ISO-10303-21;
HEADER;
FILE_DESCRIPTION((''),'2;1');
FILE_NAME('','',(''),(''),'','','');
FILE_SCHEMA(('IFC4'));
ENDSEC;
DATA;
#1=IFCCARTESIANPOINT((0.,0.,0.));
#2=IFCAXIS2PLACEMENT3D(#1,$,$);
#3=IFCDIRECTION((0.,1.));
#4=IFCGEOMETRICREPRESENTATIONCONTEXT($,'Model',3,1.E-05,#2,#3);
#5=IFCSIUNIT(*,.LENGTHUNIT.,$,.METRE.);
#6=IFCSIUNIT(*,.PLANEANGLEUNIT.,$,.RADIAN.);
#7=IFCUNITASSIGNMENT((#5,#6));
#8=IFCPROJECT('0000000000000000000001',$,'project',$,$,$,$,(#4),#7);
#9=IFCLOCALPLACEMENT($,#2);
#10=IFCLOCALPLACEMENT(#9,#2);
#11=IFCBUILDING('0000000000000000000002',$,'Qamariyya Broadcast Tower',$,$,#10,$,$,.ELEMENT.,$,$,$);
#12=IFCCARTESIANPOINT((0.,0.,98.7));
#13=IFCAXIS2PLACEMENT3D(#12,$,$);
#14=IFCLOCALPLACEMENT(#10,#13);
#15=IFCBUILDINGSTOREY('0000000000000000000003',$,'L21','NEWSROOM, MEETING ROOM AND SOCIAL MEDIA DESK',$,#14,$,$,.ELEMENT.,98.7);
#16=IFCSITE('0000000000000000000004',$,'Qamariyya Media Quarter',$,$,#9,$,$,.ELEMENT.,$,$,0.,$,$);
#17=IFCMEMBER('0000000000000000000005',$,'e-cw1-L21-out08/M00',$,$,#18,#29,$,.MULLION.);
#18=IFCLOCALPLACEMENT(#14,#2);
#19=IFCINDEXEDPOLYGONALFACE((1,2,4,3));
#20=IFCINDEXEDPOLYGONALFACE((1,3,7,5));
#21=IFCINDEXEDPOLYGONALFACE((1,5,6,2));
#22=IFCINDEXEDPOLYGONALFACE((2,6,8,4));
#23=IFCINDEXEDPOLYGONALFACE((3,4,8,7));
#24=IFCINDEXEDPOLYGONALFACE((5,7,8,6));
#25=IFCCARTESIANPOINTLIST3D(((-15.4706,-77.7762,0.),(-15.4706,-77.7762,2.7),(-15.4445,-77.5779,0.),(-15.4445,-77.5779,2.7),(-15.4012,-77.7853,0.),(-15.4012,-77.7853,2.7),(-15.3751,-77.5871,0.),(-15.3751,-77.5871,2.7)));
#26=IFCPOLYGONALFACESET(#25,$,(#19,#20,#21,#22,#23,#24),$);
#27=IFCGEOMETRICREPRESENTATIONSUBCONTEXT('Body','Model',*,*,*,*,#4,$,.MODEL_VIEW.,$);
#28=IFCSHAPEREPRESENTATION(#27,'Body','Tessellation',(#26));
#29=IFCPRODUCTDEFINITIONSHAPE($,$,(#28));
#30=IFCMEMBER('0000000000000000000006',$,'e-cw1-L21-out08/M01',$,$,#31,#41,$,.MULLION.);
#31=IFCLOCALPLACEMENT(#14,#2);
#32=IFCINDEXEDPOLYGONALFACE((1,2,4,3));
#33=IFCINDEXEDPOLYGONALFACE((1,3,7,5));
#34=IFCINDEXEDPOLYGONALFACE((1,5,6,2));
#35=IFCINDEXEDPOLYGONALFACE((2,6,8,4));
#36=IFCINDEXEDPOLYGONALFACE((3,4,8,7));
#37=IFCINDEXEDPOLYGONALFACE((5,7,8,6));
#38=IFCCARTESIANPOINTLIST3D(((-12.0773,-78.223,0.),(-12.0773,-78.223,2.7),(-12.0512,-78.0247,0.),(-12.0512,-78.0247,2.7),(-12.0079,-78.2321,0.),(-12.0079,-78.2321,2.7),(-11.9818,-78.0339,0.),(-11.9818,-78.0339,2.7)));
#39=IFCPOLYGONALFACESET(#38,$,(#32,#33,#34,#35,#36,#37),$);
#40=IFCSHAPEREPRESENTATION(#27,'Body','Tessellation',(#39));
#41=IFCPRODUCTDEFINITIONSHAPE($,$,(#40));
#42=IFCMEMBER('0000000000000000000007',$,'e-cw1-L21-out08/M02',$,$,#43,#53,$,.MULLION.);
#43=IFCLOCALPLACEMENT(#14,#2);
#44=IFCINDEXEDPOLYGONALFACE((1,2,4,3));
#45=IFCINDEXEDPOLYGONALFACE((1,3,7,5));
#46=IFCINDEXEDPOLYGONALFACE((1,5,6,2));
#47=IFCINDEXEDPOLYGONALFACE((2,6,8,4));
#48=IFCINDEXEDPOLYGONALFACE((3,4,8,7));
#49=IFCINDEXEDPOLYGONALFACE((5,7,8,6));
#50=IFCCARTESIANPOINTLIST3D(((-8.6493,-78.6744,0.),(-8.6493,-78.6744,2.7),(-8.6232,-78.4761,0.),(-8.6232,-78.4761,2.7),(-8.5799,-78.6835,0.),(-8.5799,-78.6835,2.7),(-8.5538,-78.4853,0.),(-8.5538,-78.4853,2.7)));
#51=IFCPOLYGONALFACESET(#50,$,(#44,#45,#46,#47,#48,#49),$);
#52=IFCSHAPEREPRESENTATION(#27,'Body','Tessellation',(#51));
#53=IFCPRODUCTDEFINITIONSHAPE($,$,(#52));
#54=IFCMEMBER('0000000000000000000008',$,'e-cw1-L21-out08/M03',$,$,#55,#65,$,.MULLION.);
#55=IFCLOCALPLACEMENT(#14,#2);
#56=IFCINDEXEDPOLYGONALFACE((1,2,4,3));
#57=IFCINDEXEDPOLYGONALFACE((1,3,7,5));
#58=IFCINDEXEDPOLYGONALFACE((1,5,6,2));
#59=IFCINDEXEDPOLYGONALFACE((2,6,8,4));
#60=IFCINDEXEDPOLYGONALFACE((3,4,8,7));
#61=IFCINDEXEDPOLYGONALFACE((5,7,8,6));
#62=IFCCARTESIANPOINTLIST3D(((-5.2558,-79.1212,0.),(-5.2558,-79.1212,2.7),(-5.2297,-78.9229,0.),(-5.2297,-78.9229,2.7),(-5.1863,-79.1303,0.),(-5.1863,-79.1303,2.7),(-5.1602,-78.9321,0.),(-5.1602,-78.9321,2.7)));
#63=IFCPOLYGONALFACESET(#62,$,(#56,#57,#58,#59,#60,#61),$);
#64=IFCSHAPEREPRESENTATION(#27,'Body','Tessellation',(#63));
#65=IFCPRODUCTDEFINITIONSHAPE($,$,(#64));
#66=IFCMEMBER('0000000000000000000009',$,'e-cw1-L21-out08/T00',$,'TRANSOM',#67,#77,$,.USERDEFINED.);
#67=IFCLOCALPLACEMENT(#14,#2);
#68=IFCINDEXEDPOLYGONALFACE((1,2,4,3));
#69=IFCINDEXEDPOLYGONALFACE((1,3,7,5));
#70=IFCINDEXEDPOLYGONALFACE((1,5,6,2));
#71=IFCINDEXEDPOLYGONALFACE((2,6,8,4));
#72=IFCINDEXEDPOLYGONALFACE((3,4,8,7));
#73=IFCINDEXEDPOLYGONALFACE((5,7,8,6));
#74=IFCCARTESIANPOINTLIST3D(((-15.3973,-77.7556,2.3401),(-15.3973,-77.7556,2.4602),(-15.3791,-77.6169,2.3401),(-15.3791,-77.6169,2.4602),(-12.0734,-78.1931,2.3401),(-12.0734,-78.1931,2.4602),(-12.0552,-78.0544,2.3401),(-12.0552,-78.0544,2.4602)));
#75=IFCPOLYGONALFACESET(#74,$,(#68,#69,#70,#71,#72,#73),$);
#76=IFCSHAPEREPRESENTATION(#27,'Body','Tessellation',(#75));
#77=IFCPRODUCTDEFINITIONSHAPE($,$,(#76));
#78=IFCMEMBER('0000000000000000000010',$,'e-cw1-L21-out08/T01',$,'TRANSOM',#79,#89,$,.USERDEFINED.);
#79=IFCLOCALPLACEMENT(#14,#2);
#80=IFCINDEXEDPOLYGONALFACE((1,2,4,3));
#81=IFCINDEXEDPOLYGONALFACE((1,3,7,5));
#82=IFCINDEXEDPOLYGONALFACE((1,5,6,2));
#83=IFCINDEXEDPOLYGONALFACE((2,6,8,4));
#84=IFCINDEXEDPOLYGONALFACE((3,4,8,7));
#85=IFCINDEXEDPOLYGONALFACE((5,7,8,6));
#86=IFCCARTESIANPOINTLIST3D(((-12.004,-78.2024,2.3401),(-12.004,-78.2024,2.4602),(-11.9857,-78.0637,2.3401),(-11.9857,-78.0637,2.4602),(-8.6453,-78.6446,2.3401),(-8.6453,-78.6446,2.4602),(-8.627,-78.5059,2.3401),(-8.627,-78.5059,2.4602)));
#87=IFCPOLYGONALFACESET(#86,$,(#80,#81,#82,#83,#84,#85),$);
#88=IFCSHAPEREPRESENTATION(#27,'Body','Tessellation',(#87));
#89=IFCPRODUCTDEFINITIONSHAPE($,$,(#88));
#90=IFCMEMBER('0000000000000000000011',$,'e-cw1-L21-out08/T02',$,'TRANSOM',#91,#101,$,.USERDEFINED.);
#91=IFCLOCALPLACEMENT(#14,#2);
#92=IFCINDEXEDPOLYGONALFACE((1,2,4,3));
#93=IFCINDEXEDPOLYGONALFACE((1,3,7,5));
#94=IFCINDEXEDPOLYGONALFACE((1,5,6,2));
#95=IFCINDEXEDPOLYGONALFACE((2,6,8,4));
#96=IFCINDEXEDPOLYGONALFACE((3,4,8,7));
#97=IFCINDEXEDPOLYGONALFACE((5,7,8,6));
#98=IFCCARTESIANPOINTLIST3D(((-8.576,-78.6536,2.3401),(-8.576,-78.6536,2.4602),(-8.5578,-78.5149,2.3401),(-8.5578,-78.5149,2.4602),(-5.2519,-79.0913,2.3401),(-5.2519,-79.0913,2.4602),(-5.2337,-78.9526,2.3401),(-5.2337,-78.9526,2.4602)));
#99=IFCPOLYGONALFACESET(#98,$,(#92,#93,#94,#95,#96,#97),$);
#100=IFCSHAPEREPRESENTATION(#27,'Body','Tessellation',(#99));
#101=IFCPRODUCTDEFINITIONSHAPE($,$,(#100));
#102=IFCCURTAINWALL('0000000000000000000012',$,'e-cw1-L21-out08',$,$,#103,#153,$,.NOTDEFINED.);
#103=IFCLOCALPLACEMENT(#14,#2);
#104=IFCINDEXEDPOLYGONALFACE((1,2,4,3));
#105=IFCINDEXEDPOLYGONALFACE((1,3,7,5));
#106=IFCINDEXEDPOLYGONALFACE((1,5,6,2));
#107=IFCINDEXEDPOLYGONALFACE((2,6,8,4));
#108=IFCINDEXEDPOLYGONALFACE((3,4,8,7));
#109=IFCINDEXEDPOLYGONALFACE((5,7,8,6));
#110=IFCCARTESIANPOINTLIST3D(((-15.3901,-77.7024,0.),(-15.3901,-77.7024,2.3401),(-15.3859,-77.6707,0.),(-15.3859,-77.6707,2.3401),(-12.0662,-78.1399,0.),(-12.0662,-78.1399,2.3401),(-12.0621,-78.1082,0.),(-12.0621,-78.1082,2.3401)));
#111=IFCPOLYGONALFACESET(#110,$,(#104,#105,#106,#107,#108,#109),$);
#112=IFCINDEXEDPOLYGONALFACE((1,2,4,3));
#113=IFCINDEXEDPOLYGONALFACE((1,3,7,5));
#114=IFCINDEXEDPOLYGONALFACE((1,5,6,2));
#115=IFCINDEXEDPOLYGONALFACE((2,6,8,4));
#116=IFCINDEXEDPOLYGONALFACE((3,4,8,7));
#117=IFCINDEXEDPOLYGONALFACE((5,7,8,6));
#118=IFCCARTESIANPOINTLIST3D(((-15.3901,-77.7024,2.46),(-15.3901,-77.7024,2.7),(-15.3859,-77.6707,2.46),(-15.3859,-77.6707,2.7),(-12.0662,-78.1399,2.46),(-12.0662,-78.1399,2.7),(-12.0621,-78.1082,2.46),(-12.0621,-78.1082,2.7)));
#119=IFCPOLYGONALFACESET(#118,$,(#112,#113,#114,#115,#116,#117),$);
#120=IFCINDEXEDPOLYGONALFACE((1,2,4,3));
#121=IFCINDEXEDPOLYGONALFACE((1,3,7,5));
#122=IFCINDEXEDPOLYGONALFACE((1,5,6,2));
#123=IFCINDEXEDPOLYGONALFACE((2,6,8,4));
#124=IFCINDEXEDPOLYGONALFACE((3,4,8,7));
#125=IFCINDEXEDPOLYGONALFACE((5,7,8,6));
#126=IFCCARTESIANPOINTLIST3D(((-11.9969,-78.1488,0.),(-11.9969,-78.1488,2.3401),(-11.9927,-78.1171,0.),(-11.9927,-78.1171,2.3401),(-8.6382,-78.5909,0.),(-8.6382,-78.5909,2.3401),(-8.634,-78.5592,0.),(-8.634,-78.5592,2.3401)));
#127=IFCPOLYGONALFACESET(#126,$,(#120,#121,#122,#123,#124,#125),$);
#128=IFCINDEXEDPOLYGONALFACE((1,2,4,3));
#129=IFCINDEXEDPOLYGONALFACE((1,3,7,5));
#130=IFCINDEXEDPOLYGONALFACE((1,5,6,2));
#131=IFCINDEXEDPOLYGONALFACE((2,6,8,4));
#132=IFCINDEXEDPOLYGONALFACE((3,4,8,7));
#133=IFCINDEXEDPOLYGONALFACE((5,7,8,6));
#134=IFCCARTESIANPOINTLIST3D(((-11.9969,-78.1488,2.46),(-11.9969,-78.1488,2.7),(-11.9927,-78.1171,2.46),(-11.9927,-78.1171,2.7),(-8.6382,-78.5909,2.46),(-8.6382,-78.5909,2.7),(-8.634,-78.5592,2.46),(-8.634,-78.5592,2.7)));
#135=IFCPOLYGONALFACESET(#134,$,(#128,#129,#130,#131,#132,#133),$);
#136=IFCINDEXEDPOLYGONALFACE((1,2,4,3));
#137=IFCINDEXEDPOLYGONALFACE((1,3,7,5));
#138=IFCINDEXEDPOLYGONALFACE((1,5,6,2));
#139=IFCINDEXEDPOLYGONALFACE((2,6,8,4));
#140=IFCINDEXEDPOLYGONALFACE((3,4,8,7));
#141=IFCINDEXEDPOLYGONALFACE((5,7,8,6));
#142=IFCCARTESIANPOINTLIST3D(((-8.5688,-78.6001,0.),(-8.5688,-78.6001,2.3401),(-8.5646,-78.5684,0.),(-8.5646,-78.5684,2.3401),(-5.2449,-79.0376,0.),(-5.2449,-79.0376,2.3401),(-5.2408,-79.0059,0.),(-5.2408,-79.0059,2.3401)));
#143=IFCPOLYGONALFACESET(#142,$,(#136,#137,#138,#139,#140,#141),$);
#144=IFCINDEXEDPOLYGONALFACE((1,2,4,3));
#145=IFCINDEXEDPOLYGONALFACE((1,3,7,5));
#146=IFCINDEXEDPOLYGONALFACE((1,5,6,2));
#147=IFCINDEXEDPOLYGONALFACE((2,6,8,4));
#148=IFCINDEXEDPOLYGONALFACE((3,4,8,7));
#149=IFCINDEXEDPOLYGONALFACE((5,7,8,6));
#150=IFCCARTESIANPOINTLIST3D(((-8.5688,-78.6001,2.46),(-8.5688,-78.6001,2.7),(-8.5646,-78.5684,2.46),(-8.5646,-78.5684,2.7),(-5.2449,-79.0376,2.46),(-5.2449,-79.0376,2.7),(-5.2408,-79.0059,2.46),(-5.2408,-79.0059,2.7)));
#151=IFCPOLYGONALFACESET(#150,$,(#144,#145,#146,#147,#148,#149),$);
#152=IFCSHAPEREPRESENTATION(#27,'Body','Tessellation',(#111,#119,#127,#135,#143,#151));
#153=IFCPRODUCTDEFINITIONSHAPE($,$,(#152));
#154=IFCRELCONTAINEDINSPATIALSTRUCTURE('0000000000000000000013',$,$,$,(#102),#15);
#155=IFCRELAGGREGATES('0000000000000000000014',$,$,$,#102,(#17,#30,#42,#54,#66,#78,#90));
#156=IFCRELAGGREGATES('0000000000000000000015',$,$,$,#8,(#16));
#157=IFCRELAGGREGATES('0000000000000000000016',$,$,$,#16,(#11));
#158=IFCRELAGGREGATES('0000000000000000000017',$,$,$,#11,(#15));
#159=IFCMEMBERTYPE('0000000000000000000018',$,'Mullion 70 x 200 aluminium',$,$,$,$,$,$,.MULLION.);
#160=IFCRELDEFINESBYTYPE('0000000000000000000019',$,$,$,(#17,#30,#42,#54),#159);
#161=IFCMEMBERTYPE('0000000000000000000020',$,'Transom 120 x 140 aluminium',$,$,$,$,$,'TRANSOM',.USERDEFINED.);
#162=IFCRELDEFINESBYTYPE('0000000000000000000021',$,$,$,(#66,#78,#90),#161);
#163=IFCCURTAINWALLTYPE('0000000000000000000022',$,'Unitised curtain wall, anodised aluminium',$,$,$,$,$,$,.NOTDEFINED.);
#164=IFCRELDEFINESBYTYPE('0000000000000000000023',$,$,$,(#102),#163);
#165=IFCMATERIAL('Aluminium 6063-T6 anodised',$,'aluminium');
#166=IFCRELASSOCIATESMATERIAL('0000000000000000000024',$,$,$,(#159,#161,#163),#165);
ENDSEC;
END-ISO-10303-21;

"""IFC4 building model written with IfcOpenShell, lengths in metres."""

from ifc_helpers import new_model, si_unit, direction, frame, origin, origin_2d, place, context, subcontext, project, spatial, rectangle, extrude, material, material_profile, profile_set, type_object, element, aggregate, save


model = new_model("IFC4")

# Units and contexts
model_context = context("Model", 3, precision=1e-05, world=origin(), true_north=direction((0.0, 1.0)))
body_context = subcontext(model_context, "Body", "Model", "MODEL_VIEW")
ifc_project = project(units=[si_unit("LENGTHUNIT", "METRE"), si_unit("PLANEANGLEUNIT", "RADIAN")], contexts=[model_context])

# Members
ifc_material = material(Name="Aluminium 6063-T6 anodised", Category="aluminium")
ifc_material_profile_1 = material_profile(ifc_material, rectangle(XDim=0.2, YDim=0.0701, at=origin_2d()))
ifc_profile_set_1 = profile_set([ifc_material_profile_1], Name="Aluminium 6063-T6 anodised")
member_type_1 = type_object("IfcMemberType", Name="Mullion 70 x 200 aluminium", PredefinedType="MULLION", material=ifc_profile_set_1)
site_placement = place(None, origin())
building_placement = place(site_placement, origin())
storey_placement = place(building_placement, frame((0.0, 0.0, 98.7)))
member_1_placement = place(storey_placement, frame((-15.4229, -77.6816, 0.0), z_axis=(0.0, 0.0, 1.0), x_axis=(0.130526, 0.991445, 0.0)))
member_1 = element("IfcMember", 1, at=member_1_placement, type_object=member_type_1, Name="e-cw1-L21-out08/M00", PredefinedType="MULLION", context=body_context, shape_type="SweptSolid", body=[
    extrude(rectangle(XDim=0.2, YDim=0.0701, at=origin_2d()), origin(), (0.0, 0.0, 1.0), 2.7),
])
member_2_placement = place(storey_placement, frame((-12.0295, -78.1284, 0.0), z_axis=(0.0, 0.0, 1.0), x_axis=(0.130526, 0.991445, 0.0)))
member_2 = element("IfcMember", 2, at=member_2_placement, type_object=member_type_1, Name="e-cw1-L21-out08/M01", PredefinedType="MULLION", context=body_context, shape_type="SweptSolid", body=[
    extrude(rectangle(XDim=0.2, YDim=0.0701, at=origin_2d()), origin(), (0.0, 0.0, 1.0), 2.7),
])
member_3_placement = place(storey_placement, frame((-8.6016, -78.5798, 0.0), z_axis=(0.0, 0.0, 1.0), x_axis=(0.130526, 0.991445, 0.0)))
member_3 = element("IfcMember", 3, at=member_3_placement, type_object=member_type_1, Name="e-cw1-L21-out08/M02", PredefinedType="MULLION", context=body_context, shape_type="SweptSolid", body=[
    extrude(rectangle(XDim=0.2, YDim=0.0701, at=origin_2d()), origin(), (0.0, 0.0, 1.0), 2.7),
])
member_4_placement = place(storey_placement, frame((-5.208, -79.0266, 0.0), z_axis=(0.0, 0.0, 1.0), x_axis=(0.130526, 0.991445, 0.0)))
member_4 = element("IfcMember", 4, at=member_4_placement, type_object=member_type_1, Name="e-cw1-L21-out08/M03", PredefinedType="MULLION", context=body_context, shape_type="SweptSolid", body=[
    extrude(rectangle(XDim=0.2, YDim=0.0701, at=origin_2d()), origin(), (0.0, 0.0, 1.0), 2.7),
])
ifc_material_profile_2 = material_profile(ifc_material, rectangle(XDim=0.1399, YDim=0.1201, at=origin_2d()))
ifc_profile_set_2 = profile_set([ifc_material_profile_2], Name="Aluminium 6063-T6 anodised")
member_type_2 = type_object("IfcMemberType", Name="Transom 120 x 140 aluminium", ElementType="TRANSOM", PredefinedType="USERDEFINED", material=ifc_profile_set_2)
member_5_placement = place(storey_placement, frame((-15.3882, -77.6863, 2.4001), z_axis=(0.991449, -0.130494, 0.0), x_axis=(0.130494, 0.991449, 0.0)))
member_5 = element("IfcMember", 5, at=member_5_placement, type_object=member_type_2, Name="e-cw1-L21-out08/T00", ObjectType="TRANSOM", PredefinedType="USERDEFINED", context=body_context, shape_type="SweptSolid", body=[
    extrude(rectangle(XDim=0.1399, YDim=0.1201, at=origin_2d()), origin(), (0.0, 0.0, 1.0), 3.3525),
])
member_6_placement = place(storey_placement, frame((-11.9949, -78.1331, 2.4001), z_axis=(0.991446, -0.130516, 0.0), x_axis=(0.130516, 0.991446, 0.0)))
member_6 = element("IfcMember", 6, at=member_6_placement, type_object=member_type_2, Name="e-cw1-L21-out08/T01", ObjectType="TRANSOM", PredefinedType="USERDEFINED", context=body_context, shape_type="SweptSolid", body=[
    extrude(rectangle(XDim=0.1399, YDim=0.1201, at=origin_2d()), origin(), (0.0, 0.0, 1.0), 3.3877),
])
member_7_placement = place(storey_placement, frame((-8.5669, -78.5842, 2.4001), z_axis=(0.99144, -0.130566, 0.0), x_axis=(0.130566, 0.99144, 0.0)))
member_7 = element("IfcMember", 7, at=member_7_placement, type_object=member_type_2, Name="e-cw1-L21-out08/T02", ObjectType="TRANSOM", PredefinedType="USERDEFINED", context=body_context, shape_type="SweptSolid", body=[
    extrude(rectangle(XDim=0.1399, YDim=0.1201, at=origin_2d()), origin(), (0.0, 0.0, 1.0), 3.3528),
])

# Site, building, storey
site = spatial("IfcSite", under=ifc_project, at=site_placement, Name="Qamariyya Media Quarter", CompositionType="ELEMENT", RefElevation=0.0)
building = spatial("IfcBuilding", under=site, at=building_placement, Name="Qamariyya Broadcast Tower", CompositionType="ELEMENT")
storey = spatial("IfcBuildingStorey", under=building, at=storey_placement, Name="L21", Description="NEWSROOM, MEETING ROOM AND SOCIAL MEDIA DESK", CompositionType="ELEMENT", Elevation=98.7)

# Curtain wall
curtain_wall_type = type_object("IfcCurtainWallType", Name="Unitised curtain wall, anodised aluminium", PredefinedType="NOTDEFINED", material=ifc_material)
curtain_wall_1_placement = place(storey_placement, origin())
curtain_wall_1 = element("IfcCurtainWall", 8, at=curtain_wall_1_placement, inside=storey, type_object=curtain_wall_type, Name="e-cw1-L21-out08", PredefinedType="NOTDEFINED", context=body_context, shape_type="SweptSolid", body=[
    extrude(rectangle(XDim=3.3525, YDim=0.032, at=origin_2d()), frame((-13.7261, -77.9053, 0.0), x_axis=(0.991447, -0.130509, 0.0)), (0.0, 0.0, 1.0), 2.3401),
    extrude(rectangle(XDim=3.3525, YDim=0.032, at=origin_2d()), frame((-13.7261, -77.9053, 2.46), x_axis=(0.991447, -0.130509, 0.0)), (0.0, 0.0, 1.0), 0.24),
    extrude(rectangle(XDim=3.3877, YDim=0.032, at=origin_2d()), frame((-10.3154, -78.354, 0.0), x_axis=(0.991447, -0.130509, 0.0)), (0.0, 0.0, 1.0), 2.3401),
    extrude(rectangle(XDim=3.3877, YDim=0.032, at=origin_2d()), frame((-10.3154, -78.354, 2.46), x_axis=(0.991447, -0.130509, 0.0)), (0.0, 0.0, 1.0), 0.24),
    extrude(rectangle(XDim=3.3525, YDim=0.032, at=origin_2d()), frame((-6.9048, -78.803, 0.0), x_axis=(0.991447, -0.130509, 0.0)), (0.0, 0.0, 1.0), 2.3401),
    extrude(rectangle(XDim=3.3525, YDim=0.032, at=origin_2d()), frame((-6.9048, -78.803, 2.46), x_axis=(0.991447, -0.130509, 0.0)), (0.0, 0.0, 1.0), 0.24),
])
aggregate(curtain_wall_1, [member_1, member_2, member_3, member_4, member_5, member_6, member_7])

save(model, "model.ifc")
